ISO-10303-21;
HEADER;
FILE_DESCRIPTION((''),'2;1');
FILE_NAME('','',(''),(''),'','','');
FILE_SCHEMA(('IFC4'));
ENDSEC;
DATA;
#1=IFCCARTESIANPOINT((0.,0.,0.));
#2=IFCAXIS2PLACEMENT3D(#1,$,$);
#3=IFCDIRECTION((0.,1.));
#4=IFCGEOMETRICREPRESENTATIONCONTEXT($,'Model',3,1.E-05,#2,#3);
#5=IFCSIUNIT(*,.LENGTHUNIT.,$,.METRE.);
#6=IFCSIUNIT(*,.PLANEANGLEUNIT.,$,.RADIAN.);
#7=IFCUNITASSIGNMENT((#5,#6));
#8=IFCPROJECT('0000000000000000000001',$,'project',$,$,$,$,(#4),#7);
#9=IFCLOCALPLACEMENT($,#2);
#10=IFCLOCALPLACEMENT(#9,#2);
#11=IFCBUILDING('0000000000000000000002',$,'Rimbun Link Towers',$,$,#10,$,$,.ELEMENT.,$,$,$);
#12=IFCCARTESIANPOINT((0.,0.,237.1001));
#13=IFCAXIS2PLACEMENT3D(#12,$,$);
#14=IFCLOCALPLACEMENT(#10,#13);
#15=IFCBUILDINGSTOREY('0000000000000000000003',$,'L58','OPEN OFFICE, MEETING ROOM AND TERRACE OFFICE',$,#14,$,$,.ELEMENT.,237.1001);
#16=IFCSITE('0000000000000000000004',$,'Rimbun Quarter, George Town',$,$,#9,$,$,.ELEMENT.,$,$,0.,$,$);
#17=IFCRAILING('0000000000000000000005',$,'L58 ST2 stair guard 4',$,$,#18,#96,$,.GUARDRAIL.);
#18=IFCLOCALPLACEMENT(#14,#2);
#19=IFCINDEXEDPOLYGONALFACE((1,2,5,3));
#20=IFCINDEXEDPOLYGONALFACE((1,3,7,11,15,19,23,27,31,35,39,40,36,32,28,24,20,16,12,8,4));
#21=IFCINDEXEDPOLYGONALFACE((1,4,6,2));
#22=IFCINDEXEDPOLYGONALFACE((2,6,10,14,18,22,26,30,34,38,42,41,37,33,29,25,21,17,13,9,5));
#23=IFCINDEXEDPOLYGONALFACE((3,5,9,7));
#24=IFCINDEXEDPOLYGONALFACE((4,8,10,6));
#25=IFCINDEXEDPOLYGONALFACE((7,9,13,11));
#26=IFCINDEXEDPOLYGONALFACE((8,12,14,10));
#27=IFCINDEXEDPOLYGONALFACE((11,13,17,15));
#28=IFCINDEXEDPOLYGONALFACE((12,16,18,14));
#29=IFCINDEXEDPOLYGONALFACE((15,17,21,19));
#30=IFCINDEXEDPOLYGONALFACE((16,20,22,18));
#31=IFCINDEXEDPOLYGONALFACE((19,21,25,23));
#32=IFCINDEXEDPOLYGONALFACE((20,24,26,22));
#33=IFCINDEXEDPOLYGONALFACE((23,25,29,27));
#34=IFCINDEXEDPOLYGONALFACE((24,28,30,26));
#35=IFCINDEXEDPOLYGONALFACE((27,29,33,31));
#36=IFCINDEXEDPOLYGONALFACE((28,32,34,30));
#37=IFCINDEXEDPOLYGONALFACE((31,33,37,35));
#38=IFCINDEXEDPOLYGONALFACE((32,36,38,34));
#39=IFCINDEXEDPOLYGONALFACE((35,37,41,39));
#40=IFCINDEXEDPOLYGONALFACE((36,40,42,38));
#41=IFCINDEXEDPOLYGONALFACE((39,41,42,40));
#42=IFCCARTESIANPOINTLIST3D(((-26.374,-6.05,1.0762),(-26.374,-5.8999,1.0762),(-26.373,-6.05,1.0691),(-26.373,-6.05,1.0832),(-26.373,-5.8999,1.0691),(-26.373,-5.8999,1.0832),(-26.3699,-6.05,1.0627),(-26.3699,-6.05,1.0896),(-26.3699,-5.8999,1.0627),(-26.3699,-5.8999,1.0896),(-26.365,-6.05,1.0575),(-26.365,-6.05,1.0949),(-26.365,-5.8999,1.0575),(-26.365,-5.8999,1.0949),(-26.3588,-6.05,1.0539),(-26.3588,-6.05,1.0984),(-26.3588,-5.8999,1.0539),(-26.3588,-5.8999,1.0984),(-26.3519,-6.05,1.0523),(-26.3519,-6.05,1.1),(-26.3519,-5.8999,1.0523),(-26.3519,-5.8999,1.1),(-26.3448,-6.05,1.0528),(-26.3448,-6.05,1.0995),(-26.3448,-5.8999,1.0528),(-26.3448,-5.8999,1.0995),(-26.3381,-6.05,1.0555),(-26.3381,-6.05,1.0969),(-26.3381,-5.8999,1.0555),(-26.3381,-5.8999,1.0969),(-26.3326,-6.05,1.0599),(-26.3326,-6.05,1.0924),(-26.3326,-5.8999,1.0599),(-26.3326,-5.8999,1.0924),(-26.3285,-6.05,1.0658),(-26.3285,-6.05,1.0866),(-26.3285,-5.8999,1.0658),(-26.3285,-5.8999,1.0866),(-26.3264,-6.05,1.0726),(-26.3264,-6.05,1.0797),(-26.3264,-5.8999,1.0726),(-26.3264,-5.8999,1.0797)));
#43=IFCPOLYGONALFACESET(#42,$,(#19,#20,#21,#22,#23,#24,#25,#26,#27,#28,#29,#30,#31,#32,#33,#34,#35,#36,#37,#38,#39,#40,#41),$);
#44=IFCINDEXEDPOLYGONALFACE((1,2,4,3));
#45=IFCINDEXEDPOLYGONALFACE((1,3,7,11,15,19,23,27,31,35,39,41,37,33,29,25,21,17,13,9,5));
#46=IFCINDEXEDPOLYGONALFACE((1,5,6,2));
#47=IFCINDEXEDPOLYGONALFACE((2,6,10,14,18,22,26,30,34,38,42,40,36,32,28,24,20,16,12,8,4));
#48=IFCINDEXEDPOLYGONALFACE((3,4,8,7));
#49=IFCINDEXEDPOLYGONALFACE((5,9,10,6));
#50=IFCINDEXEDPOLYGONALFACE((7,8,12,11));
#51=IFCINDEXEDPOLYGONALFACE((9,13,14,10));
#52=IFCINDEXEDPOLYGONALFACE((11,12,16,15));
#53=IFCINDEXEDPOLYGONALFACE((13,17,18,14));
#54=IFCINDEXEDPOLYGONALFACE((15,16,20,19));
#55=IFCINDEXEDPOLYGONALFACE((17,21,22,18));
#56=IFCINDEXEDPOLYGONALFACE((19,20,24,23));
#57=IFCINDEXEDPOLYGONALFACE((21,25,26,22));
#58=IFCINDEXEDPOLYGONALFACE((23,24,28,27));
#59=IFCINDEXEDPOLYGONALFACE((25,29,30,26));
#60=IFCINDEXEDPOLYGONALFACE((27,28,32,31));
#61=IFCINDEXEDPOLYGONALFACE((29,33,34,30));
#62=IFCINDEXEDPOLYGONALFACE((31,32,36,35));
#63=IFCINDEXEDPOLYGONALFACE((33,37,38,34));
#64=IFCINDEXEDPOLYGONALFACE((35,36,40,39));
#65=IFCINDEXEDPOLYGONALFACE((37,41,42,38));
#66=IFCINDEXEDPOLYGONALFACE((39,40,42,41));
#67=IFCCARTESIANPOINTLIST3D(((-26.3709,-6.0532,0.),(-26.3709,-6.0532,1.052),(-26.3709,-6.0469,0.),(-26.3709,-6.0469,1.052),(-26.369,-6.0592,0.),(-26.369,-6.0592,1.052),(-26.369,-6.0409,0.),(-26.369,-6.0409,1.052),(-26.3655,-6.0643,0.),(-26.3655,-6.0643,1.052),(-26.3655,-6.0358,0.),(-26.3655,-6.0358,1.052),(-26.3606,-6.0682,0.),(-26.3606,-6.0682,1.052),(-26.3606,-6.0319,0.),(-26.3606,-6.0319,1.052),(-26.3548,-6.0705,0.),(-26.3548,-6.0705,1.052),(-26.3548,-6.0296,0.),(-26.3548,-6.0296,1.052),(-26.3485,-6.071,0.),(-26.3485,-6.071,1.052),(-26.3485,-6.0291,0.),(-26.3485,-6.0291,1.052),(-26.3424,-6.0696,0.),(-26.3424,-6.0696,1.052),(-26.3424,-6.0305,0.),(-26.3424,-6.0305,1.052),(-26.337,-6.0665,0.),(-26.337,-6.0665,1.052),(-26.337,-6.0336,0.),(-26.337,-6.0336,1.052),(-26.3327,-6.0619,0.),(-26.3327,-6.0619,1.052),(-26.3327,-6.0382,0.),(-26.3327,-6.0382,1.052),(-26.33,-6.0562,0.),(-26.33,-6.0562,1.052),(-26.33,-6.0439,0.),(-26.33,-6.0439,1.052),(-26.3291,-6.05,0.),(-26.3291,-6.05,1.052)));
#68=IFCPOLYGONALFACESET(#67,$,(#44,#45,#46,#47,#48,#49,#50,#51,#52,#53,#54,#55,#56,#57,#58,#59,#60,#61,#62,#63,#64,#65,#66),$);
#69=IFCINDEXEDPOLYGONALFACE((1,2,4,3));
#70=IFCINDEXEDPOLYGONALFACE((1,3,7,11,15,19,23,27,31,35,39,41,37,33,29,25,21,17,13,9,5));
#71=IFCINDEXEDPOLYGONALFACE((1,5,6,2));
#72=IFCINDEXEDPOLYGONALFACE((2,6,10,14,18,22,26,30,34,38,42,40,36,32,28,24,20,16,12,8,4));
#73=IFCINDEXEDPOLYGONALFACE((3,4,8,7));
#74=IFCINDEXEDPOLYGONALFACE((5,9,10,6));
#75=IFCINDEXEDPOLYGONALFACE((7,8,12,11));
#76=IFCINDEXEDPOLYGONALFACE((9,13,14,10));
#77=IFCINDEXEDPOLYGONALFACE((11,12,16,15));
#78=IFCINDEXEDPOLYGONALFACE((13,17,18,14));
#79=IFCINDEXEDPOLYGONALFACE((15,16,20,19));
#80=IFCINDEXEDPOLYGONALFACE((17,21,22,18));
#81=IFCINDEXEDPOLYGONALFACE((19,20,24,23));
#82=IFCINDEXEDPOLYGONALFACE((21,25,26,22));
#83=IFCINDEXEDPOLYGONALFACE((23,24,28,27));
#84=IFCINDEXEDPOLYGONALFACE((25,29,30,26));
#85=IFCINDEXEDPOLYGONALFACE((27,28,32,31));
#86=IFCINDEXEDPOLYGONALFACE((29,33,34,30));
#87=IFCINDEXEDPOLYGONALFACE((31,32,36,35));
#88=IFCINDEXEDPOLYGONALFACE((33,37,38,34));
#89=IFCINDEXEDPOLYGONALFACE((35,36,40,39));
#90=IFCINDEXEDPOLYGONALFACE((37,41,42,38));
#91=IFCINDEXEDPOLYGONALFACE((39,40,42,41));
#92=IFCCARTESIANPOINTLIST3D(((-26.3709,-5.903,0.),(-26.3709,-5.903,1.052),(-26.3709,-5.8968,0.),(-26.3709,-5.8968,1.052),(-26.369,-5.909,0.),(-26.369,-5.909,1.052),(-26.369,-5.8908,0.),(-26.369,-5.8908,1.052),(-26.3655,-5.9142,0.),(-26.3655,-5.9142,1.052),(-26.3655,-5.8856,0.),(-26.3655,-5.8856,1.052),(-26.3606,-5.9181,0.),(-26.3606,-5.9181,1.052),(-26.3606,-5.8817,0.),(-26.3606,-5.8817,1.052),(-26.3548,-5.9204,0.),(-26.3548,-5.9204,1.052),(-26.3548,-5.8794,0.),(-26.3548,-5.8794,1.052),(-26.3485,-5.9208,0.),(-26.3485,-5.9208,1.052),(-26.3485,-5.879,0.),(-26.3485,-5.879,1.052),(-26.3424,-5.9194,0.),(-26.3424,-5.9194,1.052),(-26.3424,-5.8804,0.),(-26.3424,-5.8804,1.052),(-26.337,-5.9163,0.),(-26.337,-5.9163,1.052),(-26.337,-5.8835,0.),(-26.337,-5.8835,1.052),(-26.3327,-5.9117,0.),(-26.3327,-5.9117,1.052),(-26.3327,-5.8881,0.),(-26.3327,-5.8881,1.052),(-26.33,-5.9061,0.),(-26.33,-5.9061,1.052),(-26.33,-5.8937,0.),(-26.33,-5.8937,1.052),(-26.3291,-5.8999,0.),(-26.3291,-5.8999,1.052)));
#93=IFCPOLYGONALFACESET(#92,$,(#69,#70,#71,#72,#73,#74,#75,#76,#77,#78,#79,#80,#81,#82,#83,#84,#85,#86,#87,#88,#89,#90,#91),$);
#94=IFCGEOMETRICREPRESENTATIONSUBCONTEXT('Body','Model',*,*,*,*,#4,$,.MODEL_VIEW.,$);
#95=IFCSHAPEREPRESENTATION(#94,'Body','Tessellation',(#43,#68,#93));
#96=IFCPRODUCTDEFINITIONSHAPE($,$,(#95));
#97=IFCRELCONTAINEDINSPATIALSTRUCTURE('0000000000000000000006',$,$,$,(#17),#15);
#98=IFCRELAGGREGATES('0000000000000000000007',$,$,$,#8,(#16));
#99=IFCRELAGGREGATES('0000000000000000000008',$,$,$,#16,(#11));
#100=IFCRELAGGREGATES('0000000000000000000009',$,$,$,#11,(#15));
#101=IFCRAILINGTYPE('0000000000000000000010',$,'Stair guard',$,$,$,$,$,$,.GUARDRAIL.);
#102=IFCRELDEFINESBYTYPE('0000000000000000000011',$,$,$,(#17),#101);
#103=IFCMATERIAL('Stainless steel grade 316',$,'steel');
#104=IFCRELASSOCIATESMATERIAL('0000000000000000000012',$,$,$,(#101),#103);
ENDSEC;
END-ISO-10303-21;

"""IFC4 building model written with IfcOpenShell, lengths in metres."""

from ifc_helpers import new_model, si_unit, direction, frame, origin, origin_2d, place, context, subcontext, project, spatial, circle, extrude, material, type_object, element, save


model = new_model("IFC4")

# Units and contexts
model_context = context("Model", 3, precision=1e-05, world=origin(), true_north=direction((0.0, 1.0)))
body_context = subcontext(model_context, "Body", "Model", "MODEL_VIEW")
ifc_project = project(units=[si_unit("LENGTHUNIT", "METRE"), si_unit("PLANEANGLEUNIT", "RADIAN")], contexts=[model_context])

# Site, building, storey
site_placement = place(None, origin())
site = spatial("IfcSite", under=ifc_project, at=site_placement, Name="Rimbun Quarter, George Town", CompositionType="ELEMENT", RefElevation=0.0)
building_placement = place(site_placement, origin())
building = spatial("IfcBuilding", under=site, at=building_placement, Name="Rimbun Link Towers", CompositionType="ELEMENT")
storey_placement = place(building_placement, frame((0.0, 0.0, 237.1001)))
storey = spatial("IfcBuildingStorey", under=building, at=storey_placement, Name="L58", Description="OPEN OFFICE, MEETING ROOM AND TERRACE OFFICE", CompositionType="ELEMENT", Elevation=237.1001)

# Railing
ifc_material_1 = material(Name="Stainless steel grade 316", Category="steel")
railing_type_1 = type_object("IfcRailingType", Name="Stair guard", PredefinedType="GUARDRAIL", material=ifc_material_1)
railing_1_placement = place(storey_placement, frame((-26.3501, -6.05, 0.0)))
element("IfcRailing", 1, at=railing_1_placement, inside=storey, type_object=railing_type_1, Name="L58 ST2 stair guard 4", PredefinedType="GUARDRAIL", context=body_context, shape_type="SweptSolid", body=[
    extrude(circle(Radius=0.0239, at=origin_2d()), frame((0.0, 0.0, 1.0762), z_axis=(0.0, 1.0, 0.0), x_axis=(-1.0, 0.0, 0.0)), (0.0, 0.0, 1.0), 0.1501),
    extrude(circle(Radius=0.021, at=origin_2d()), origin(), (0.0, 0.0, 1.0), 1.052),
    extrude(circle(Radius=0.021, at=origin_2d()), frame((0.0, 0.1501, 0.0)), (0.0, 0.0, 1.0), 1.052),
])

save(model, "model.ifc")
